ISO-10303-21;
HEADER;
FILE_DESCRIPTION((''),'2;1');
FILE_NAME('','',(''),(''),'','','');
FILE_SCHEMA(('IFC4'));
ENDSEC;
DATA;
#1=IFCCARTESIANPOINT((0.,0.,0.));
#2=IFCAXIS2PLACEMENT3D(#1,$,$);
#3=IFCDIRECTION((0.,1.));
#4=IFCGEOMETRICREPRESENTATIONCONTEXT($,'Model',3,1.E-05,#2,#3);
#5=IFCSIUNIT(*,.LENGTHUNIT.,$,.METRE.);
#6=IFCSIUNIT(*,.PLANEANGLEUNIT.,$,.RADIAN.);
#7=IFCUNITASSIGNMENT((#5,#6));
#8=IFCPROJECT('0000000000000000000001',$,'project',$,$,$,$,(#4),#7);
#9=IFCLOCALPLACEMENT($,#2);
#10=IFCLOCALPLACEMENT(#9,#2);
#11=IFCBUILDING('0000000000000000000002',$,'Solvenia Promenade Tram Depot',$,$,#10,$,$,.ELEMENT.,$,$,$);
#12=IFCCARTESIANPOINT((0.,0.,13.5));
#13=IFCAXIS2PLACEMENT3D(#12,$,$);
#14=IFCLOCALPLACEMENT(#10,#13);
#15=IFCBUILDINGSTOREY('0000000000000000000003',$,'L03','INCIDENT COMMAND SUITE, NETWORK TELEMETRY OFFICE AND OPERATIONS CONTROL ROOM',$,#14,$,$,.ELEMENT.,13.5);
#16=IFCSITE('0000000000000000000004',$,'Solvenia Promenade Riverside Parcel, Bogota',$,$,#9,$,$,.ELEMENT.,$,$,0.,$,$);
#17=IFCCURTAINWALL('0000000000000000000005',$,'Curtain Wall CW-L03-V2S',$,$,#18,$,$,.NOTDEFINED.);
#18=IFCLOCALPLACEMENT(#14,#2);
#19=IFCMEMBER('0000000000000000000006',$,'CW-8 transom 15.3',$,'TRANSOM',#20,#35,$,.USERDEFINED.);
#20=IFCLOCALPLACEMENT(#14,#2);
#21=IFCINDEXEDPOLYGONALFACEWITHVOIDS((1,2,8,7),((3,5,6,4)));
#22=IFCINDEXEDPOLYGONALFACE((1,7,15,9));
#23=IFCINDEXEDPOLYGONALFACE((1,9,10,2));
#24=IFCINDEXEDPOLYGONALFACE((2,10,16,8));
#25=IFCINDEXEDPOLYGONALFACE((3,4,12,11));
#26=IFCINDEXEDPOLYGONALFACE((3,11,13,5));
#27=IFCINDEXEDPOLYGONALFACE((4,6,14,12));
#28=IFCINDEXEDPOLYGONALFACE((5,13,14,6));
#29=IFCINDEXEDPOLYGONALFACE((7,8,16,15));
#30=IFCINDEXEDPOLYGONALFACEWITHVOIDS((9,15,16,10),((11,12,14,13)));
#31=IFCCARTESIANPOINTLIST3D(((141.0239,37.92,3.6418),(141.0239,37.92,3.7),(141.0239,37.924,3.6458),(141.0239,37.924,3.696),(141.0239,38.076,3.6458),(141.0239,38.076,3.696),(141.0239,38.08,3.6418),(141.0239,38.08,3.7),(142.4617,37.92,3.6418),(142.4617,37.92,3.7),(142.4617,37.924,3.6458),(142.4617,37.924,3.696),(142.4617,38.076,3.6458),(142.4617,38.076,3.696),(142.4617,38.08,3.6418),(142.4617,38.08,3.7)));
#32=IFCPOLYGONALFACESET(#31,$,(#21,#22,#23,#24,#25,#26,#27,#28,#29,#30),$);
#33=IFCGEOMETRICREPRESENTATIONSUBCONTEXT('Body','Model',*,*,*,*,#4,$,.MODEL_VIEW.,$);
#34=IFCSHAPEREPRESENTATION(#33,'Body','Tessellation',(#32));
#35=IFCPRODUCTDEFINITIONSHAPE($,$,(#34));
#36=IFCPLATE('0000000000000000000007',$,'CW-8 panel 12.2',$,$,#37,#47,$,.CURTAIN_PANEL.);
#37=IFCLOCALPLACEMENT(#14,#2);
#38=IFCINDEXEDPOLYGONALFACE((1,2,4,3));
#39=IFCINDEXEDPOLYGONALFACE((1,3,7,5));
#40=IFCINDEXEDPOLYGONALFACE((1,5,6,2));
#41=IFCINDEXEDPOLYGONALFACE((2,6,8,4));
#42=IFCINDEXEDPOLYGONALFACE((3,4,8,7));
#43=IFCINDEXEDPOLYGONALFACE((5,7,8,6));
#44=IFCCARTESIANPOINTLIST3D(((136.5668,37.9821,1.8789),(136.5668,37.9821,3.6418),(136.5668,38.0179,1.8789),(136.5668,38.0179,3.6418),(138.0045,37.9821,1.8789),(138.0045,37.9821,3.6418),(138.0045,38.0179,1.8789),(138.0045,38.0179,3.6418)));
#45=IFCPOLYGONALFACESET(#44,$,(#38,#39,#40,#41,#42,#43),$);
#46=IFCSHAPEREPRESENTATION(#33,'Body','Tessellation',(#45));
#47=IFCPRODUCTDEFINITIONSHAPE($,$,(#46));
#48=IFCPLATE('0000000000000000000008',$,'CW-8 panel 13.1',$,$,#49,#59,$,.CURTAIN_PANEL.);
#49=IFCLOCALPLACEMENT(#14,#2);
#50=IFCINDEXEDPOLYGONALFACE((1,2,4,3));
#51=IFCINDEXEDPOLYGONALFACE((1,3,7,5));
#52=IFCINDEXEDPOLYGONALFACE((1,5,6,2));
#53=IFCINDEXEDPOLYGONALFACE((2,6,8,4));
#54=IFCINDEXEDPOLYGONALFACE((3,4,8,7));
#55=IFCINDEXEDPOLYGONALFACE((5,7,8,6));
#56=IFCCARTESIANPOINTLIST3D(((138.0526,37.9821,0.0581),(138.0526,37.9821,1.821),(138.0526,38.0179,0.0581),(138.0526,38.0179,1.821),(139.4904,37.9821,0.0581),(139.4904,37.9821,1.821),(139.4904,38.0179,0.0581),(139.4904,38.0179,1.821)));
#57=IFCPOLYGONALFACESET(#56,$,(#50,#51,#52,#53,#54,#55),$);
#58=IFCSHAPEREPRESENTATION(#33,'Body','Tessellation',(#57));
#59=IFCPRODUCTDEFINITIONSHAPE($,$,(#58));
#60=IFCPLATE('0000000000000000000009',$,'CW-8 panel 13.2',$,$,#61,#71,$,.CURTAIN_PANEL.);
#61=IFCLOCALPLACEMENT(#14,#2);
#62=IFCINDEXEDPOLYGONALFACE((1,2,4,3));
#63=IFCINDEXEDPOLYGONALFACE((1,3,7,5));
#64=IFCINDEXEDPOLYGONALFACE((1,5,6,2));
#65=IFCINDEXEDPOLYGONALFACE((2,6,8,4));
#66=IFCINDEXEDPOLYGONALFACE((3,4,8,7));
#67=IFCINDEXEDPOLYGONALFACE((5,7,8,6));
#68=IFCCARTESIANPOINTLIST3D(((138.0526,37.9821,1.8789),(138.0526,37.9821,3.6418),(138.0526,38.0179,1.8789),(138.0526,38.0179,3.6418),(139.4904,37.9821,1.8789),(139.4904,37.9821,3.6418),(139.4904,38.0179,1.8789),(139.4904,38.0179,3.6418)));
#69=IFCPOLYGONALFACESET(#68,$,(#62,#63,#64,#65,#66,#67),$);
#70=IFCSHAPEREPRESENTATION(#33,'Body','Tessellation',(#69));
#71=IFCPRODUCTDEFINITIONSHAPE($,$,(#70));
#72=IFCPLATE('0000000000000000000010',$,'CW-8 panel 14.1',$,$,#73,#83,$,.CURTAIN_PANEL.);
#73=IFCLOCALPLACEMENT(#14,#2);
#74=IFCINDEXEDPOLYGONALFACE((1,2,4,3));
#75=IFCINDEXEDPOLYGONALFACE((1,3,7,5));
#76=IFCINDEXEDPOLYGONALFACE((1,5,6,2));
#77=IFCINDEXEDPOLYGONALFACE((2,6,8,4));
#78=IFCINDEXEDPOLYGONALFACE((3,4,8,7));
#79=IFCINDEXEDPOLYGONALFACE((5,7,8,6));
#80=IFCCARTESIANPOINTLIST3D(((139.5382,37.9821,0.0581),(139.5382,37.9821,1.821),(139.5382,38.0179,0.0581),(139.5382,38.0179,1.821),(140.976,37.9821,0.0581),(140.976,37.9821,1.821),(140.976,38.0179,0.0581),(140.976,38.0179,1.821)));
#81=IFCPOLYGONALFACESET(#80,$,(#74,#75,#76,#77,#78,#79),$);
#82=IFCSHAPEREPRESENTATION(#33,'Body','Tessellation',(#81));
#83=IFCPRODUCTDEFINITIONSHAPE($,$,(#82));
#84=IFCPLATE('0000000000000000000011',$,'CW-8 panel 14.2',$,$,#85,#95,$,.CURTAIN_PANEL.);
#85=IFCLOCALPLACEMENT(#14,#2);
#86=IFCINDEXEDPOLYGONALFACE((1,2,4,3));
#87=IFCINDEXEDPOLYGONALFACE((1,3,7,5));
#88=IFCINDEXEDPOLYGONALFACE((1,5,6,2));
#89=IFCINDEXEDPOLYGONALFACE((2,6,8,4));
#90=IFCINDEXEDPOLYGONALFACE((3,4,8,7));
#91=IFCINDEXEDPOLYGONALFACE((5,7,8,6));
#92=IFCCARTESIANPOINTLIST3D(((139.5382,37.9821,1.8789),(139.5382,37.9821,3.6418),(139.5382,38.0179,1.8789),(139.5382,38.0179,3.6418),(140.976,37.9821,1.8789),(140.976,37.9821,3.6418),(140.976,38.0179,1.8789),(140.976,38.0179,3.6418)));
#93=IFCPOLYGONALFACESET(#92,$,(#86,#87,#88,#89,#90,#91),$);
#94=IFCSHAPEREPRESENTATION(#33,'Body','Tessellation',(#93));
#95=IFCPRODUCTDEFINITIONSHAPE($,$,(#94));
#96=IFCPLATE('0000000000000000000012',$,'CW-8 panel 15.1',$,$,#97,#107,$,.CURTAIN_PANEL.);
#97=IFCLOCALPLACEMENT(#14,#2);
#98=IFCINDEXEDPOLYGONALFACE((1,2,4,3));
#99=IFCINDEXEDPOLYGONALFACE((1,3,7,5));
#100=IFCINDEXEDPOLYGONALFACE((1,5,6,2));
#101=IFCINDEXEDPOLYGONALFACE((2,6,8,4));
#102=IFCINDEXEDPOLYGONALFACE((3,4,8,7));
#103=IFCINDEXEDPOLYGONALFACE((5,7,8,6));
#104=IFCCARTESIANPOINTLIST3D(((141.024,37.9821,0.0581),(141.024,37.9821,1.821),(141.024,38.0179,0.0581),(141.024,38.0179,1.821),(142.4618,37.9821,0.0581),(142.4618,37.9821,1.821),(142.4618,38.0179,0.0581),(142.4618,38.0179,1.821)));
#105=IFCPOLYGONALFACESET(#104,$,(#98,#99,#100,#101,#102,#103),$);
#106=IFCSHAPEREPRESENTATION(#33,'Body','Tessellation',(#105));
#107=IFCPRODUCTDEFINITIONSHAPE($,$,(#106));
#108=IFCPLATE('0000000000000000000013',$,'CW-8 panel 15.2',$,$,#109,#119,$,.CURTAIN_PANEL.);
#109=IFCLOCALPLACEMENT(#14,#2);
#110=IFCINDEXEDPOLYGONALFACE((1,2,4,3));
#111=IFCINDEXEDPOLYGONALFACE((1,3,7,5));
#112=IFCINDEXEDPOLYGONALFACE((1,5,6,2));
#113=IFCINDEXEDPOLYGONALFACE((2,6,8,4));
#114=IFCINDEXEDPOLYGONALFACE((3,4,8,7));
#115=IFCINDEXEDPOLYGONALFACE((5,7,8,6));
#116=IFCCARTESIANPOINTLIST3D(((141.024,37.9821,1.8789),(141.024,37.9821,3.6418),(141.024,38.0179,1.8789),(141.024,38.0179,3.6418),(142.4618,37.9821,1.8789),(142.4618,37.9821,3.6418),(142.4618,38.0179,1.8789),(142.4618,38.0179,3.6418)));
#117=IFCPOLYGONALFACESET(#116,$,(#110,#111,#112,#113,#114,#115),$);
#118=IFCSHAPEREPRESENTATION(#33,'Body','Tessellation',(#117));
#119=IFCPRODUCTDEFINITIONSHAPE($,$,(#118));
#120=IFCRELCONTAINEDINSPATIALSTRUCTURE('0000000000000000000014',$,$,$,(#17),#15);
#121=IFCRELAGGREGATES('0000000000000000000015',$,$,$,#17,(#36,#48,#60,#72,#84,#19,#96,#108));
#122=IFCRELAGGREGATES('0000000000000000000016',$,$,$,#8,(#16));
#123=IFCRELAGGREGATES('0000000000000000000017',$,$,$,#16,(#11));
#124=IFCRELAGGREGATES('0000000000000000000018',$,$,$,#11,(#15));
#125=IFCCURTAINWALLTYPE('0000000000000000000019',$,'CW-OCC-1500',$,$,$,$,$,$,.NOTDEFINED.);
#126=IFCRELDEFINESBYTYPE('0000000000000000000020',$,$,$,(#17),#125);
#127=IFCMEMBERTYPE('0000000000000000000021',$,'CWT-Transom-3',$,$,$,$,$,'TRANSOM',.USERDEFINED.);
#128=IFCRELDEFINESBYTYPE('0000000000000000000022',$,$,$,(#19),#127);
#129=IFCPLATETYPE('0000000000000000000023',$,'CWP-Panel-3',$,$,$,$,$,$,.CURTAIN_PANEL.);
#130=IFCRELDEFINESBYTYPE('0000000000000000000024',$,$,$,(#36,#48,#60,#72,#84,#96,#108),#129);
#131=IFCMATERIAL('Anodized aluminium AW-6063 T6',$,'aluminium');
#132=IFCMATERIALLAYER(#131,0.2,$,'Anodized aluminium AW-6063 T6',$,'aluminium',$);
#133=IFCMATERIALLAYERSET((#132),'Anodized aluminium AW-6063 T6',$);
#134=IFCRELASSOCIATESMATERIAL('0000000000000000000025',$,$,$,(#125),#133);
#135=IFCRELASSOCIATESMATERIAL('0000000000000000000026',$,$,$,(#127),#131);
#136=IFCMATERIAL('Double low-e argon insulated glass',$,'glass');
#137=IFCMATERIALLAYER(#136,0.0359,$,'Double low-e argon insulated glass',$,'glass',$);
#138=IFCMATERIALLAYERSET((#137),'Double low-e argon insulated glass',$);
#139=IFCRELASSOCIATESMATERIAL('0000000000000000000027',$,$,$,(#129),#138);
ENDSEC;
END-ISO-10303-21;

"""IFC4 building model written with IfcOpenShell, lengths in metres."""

from ifc_helpers import new_model, si_unit, direction, frame, origin, origin_2d, place, context, subcontext, project, spatial, rectangle, hollow_rectangle, extrude, material, layer, layer_set, material_profile, profile_set, type_object, element, aggregate, save


model = new_model("IFC4")

# Units and contexts
model_context = context("Model", 3, precision=1e-05, world=origin(), true_north=direction((0.0, 1.0)))
body_context = subcontext(model_context, "Body", "Model", "MODEL_VIEW")
ifc_project = project(units=[si_unit("LENGTHUNIT", "METRE"), si_unit("PLANEANGLEUNIT", "RADIAN")], contexts=[model_context])

# Site, building, storey
site_placement = place(None, origin())
site = spatial("IfcSite", under=ifc_project, at=site_placement, Name="Solvenia Promenade Riverside Parcel, Bogota", CompositionType="ELEMENT", RefElevation=0.0)
building_placement = place(site_placement, origin())
building = spatial("IfcBuilding", under=site, at=building_placement, Name="Solvenia Promenade Tram Depot", CompositionType="ELEMENT")
storey_placement = place(building_placement, frame((0.0, 0.0, 13.5)))
storey = spatial("IfcBuildingStorey", under=building, at=storey_placement, Name="L03", Description="INCIDENT COMMAND SUITE, NETWORK TELEMETRY OFFICE AND OPERATIONS CONTROL ROOM", CompositionType="ELEMENT", Elevation=13.5)

# Curtain wall, member, plates
ifc_material_1 = material(Name="Anodized aluminium AW-6063 T6", Category="aluminium")
ifc_layer_1 = layer(ifc_material_1, 0.2, Name="Anodized aluminium AW-6063 T6", Category="aluminium")
ifc_layer_set_1 = layer_set([ifc_layer_1], Name="Anodized aluminium AW-6063 T6")
curtain_wall_type = type_object("IfcCurtainWallType", Name="CW-OCC-1500", PredefinedType="NOTDEFINED", material=ifc_layer_set_1)
curtain_wall_placement = place(storey_placement, origin())
curtain_wall = element("IfcCurtainWall", 1, at=curtain_wall_placement, inside=storey, type_object=curtain_wall_type, Name="Curtain Wall CW-L03-V2S", PredefinedType="NOTDEFINED")
ifc_material_profile_1 = material_profile(ifc_material_1, hollow_rectangle(XDim=0.1599, YDim=0.0581, WallThickness=0.0039, at=origin_2d()), Name="ALU-T3", Category="aluminium")
ifc_profile_set_1 = profile_set([ifc_material_profile_1], Name="Anodized aluminium AW-6063 T6")
member_type_1 = type_object("IfcMemberType", Name="CWT-Transom-3", ElementType="TRANSOM", PredefinedType="USERDEFINED", material=ifc_profile_set_1)
member_1_placement = place(storey_placement, frame((141.0239, 38.0, 3.6709), z_axis=(1.0, 0.0, 0.0), x_axis=(0.0, 1.0, 0.0)))
member_1 = element("IfcMember", 2, at=member_1_placement, type_object=member_type_1, Name="CW-8 transom 15.3", ObjectType="TRANSOM", PredefinedType="USERDEFINED", context=body_context, shape_type="SweptSolid", body=[
    extrude(hollow_rectangle(XDim=0.1599, YDim=0.0581, WallThickness=0.0039, at=origin_2d()), origin(), (0.0, 0.0, 1.0), 1.4377),
])
ifc_material_2 = material(Name="Double low-e argon insulated glass", Category="glass")
ifc_layer_2 = layer(ifc_material_2, 0.0359, Name="Double low-e argon insulated glass", Category="glass")
ifc_layer_set_2 = layer_set([ifc_layer_2], Name="Double low-e argon insulated glass")
plate_type = type_object("IfcPlateType", Name="CWP-Panel-3", PredefinedType="CURTAIN_PANEL", material=ifc_layer_set_2)
plate_1_placement = place(storey_placement, frame((137.2856, 38.0, 1.8789), z_axis=(0.0, 0.0, 1.0), x_axis=(1.0, 0.0, 0.0)))
plate_1 = element("IfcPlate", 3, at=plate_1_placement, type_object=plate_type, Name="CW-8 panel 12.2", PredefinedType="CURTAIN_PANEL", context=body_context, shape_type="SweptSolid", body=[
    extrude(rectangle(XDim=1.4377, YDim=0.0359, at=origin_2d()), origin(), (0.0, 0.0, 1.0), 1.7629),
])
plate_2_placement = place(storey_placement, frame((138.7715, 38.0, 0.0581), z_axis=(0.0, 0.0, 1.0), x_axis=(1.0, 0.0, 0.0)))
plate_2 = element("IfcPlate", 4, at=plate_2_placement, type_object=plate_type, Name="CW-8 panel 13.1", PredefinedType="CURTAIN_PANEL", context=body_context, shape_type="SweptSolid", body=[
    extrude(rectangle(XDim=1.4377, YDim=0.0359, at=origin_2d()), origin(), (0.0, 0.0, 1.0), 1.7629),
])
plate_3_placement = place(storey_placement, frame((138.7715, 38.0, 1.8789), z_axis=(0.0, 0.0, 1.0), x_axis=(1.0, 0.0, 0.0)))
plate_3 = element("IfcPlate", 5, at=plate_3_placement, type_object=plate_type, Name="CW-8 panel 13.2", PredefinedType="CURTAIN_PANEL", context=body_context, shape_type="SweptSolid", body=[
    extrude(rectangle(XDim=1.4377, YDim=0.0359, at=origin_2d()), origin(), (0.0, 0.0, 1.0), 1.7629),
])
plate_4_placement = place(storey_placement, frame((140.2571, 38.0, 0.0581), z_axis=(0.0, 0.0, 1.0), x_axis=(1.0, 0.0, 0.0)))
plate_4 = element("IfcPlate", 6, at=plate_4_placement, type_object=plate_type, Name="CW-8 panel 14.1", PredefinedType="CURTAIN_PANEL", context=body_context, shape_type="SweptSolid", body=[
    extrude(rectangle(XDim=1.4377, YDim=0.0359, at=origin_2d()), origin(), (0.0, 0.0, 1.0), 1.7629),
])
plate_5_placement = place(storey_placement, frame((140.2571, 38.0, 1.8789), z_axis=(0.0, 0.0, 1.0), x_axis=(1.0, 0.0, 0.0)))
plate_5 = element("IfcPlate", 7, at=plate_5_placement, type_object=plate_type, Name="CW-8 panel 14.2", PredefinedType="CURTAIN_PANEL", context=body_context, shape_type="SweptSolid", body=[
    extrude(rectangle(XDim=1.4377, YDim=0.0359, at=origin_2d()), origin(), (0.0, 0.0, 1.0), 1.7629),
])
plate_6_placement = place(storey_placement, frame((141.7429, 38.0, 0.0581), z_axis=(0.0, 0.0, 1.0), x_axis=(1.0, 0.0, 0.0)))
plate_6 = element("IfcPlate", 8, at=plate_6_placement, type_object=plate_type, Name="CW-8 panel 15.1", PredefinedType="CURTAIN_PANEL", context=body_context, shape_type="SweptSolid", body=[
    extrude(rectangle(XDim=1.4377, YDim=0.0359, at=origin_2d()), origin(), (0.0, 0.0, 1.0), 1.7629),
])
plate_7_placement = place(storey_placement, frame((141.7429, 38.0, 1.8789), z_axis=(0.0, 0.0, 1.0), x_axis=(1.0, 0.0, 0.0)))
plate_7 = element("IfcPlate", 9, at=plate_7_placement, type_object=plate_type, Name="CW-8 panel 15.2", PredefinedType="CURTAIN_PANEL", context=body_context, shape_type="SweptSolid", body=[
    extrude(rectangle(XDim=1.4377, YDim=0.0359, at=origin_2d()), origin(), (0.0, 0.0, 1.0), 1.7629),
])
aggregate(curtain_wall, [plate_1, plate_2, plate_3, plate_4, plate_5, member_1, plate_6, plate_7])

save(model, "model.ifc")
